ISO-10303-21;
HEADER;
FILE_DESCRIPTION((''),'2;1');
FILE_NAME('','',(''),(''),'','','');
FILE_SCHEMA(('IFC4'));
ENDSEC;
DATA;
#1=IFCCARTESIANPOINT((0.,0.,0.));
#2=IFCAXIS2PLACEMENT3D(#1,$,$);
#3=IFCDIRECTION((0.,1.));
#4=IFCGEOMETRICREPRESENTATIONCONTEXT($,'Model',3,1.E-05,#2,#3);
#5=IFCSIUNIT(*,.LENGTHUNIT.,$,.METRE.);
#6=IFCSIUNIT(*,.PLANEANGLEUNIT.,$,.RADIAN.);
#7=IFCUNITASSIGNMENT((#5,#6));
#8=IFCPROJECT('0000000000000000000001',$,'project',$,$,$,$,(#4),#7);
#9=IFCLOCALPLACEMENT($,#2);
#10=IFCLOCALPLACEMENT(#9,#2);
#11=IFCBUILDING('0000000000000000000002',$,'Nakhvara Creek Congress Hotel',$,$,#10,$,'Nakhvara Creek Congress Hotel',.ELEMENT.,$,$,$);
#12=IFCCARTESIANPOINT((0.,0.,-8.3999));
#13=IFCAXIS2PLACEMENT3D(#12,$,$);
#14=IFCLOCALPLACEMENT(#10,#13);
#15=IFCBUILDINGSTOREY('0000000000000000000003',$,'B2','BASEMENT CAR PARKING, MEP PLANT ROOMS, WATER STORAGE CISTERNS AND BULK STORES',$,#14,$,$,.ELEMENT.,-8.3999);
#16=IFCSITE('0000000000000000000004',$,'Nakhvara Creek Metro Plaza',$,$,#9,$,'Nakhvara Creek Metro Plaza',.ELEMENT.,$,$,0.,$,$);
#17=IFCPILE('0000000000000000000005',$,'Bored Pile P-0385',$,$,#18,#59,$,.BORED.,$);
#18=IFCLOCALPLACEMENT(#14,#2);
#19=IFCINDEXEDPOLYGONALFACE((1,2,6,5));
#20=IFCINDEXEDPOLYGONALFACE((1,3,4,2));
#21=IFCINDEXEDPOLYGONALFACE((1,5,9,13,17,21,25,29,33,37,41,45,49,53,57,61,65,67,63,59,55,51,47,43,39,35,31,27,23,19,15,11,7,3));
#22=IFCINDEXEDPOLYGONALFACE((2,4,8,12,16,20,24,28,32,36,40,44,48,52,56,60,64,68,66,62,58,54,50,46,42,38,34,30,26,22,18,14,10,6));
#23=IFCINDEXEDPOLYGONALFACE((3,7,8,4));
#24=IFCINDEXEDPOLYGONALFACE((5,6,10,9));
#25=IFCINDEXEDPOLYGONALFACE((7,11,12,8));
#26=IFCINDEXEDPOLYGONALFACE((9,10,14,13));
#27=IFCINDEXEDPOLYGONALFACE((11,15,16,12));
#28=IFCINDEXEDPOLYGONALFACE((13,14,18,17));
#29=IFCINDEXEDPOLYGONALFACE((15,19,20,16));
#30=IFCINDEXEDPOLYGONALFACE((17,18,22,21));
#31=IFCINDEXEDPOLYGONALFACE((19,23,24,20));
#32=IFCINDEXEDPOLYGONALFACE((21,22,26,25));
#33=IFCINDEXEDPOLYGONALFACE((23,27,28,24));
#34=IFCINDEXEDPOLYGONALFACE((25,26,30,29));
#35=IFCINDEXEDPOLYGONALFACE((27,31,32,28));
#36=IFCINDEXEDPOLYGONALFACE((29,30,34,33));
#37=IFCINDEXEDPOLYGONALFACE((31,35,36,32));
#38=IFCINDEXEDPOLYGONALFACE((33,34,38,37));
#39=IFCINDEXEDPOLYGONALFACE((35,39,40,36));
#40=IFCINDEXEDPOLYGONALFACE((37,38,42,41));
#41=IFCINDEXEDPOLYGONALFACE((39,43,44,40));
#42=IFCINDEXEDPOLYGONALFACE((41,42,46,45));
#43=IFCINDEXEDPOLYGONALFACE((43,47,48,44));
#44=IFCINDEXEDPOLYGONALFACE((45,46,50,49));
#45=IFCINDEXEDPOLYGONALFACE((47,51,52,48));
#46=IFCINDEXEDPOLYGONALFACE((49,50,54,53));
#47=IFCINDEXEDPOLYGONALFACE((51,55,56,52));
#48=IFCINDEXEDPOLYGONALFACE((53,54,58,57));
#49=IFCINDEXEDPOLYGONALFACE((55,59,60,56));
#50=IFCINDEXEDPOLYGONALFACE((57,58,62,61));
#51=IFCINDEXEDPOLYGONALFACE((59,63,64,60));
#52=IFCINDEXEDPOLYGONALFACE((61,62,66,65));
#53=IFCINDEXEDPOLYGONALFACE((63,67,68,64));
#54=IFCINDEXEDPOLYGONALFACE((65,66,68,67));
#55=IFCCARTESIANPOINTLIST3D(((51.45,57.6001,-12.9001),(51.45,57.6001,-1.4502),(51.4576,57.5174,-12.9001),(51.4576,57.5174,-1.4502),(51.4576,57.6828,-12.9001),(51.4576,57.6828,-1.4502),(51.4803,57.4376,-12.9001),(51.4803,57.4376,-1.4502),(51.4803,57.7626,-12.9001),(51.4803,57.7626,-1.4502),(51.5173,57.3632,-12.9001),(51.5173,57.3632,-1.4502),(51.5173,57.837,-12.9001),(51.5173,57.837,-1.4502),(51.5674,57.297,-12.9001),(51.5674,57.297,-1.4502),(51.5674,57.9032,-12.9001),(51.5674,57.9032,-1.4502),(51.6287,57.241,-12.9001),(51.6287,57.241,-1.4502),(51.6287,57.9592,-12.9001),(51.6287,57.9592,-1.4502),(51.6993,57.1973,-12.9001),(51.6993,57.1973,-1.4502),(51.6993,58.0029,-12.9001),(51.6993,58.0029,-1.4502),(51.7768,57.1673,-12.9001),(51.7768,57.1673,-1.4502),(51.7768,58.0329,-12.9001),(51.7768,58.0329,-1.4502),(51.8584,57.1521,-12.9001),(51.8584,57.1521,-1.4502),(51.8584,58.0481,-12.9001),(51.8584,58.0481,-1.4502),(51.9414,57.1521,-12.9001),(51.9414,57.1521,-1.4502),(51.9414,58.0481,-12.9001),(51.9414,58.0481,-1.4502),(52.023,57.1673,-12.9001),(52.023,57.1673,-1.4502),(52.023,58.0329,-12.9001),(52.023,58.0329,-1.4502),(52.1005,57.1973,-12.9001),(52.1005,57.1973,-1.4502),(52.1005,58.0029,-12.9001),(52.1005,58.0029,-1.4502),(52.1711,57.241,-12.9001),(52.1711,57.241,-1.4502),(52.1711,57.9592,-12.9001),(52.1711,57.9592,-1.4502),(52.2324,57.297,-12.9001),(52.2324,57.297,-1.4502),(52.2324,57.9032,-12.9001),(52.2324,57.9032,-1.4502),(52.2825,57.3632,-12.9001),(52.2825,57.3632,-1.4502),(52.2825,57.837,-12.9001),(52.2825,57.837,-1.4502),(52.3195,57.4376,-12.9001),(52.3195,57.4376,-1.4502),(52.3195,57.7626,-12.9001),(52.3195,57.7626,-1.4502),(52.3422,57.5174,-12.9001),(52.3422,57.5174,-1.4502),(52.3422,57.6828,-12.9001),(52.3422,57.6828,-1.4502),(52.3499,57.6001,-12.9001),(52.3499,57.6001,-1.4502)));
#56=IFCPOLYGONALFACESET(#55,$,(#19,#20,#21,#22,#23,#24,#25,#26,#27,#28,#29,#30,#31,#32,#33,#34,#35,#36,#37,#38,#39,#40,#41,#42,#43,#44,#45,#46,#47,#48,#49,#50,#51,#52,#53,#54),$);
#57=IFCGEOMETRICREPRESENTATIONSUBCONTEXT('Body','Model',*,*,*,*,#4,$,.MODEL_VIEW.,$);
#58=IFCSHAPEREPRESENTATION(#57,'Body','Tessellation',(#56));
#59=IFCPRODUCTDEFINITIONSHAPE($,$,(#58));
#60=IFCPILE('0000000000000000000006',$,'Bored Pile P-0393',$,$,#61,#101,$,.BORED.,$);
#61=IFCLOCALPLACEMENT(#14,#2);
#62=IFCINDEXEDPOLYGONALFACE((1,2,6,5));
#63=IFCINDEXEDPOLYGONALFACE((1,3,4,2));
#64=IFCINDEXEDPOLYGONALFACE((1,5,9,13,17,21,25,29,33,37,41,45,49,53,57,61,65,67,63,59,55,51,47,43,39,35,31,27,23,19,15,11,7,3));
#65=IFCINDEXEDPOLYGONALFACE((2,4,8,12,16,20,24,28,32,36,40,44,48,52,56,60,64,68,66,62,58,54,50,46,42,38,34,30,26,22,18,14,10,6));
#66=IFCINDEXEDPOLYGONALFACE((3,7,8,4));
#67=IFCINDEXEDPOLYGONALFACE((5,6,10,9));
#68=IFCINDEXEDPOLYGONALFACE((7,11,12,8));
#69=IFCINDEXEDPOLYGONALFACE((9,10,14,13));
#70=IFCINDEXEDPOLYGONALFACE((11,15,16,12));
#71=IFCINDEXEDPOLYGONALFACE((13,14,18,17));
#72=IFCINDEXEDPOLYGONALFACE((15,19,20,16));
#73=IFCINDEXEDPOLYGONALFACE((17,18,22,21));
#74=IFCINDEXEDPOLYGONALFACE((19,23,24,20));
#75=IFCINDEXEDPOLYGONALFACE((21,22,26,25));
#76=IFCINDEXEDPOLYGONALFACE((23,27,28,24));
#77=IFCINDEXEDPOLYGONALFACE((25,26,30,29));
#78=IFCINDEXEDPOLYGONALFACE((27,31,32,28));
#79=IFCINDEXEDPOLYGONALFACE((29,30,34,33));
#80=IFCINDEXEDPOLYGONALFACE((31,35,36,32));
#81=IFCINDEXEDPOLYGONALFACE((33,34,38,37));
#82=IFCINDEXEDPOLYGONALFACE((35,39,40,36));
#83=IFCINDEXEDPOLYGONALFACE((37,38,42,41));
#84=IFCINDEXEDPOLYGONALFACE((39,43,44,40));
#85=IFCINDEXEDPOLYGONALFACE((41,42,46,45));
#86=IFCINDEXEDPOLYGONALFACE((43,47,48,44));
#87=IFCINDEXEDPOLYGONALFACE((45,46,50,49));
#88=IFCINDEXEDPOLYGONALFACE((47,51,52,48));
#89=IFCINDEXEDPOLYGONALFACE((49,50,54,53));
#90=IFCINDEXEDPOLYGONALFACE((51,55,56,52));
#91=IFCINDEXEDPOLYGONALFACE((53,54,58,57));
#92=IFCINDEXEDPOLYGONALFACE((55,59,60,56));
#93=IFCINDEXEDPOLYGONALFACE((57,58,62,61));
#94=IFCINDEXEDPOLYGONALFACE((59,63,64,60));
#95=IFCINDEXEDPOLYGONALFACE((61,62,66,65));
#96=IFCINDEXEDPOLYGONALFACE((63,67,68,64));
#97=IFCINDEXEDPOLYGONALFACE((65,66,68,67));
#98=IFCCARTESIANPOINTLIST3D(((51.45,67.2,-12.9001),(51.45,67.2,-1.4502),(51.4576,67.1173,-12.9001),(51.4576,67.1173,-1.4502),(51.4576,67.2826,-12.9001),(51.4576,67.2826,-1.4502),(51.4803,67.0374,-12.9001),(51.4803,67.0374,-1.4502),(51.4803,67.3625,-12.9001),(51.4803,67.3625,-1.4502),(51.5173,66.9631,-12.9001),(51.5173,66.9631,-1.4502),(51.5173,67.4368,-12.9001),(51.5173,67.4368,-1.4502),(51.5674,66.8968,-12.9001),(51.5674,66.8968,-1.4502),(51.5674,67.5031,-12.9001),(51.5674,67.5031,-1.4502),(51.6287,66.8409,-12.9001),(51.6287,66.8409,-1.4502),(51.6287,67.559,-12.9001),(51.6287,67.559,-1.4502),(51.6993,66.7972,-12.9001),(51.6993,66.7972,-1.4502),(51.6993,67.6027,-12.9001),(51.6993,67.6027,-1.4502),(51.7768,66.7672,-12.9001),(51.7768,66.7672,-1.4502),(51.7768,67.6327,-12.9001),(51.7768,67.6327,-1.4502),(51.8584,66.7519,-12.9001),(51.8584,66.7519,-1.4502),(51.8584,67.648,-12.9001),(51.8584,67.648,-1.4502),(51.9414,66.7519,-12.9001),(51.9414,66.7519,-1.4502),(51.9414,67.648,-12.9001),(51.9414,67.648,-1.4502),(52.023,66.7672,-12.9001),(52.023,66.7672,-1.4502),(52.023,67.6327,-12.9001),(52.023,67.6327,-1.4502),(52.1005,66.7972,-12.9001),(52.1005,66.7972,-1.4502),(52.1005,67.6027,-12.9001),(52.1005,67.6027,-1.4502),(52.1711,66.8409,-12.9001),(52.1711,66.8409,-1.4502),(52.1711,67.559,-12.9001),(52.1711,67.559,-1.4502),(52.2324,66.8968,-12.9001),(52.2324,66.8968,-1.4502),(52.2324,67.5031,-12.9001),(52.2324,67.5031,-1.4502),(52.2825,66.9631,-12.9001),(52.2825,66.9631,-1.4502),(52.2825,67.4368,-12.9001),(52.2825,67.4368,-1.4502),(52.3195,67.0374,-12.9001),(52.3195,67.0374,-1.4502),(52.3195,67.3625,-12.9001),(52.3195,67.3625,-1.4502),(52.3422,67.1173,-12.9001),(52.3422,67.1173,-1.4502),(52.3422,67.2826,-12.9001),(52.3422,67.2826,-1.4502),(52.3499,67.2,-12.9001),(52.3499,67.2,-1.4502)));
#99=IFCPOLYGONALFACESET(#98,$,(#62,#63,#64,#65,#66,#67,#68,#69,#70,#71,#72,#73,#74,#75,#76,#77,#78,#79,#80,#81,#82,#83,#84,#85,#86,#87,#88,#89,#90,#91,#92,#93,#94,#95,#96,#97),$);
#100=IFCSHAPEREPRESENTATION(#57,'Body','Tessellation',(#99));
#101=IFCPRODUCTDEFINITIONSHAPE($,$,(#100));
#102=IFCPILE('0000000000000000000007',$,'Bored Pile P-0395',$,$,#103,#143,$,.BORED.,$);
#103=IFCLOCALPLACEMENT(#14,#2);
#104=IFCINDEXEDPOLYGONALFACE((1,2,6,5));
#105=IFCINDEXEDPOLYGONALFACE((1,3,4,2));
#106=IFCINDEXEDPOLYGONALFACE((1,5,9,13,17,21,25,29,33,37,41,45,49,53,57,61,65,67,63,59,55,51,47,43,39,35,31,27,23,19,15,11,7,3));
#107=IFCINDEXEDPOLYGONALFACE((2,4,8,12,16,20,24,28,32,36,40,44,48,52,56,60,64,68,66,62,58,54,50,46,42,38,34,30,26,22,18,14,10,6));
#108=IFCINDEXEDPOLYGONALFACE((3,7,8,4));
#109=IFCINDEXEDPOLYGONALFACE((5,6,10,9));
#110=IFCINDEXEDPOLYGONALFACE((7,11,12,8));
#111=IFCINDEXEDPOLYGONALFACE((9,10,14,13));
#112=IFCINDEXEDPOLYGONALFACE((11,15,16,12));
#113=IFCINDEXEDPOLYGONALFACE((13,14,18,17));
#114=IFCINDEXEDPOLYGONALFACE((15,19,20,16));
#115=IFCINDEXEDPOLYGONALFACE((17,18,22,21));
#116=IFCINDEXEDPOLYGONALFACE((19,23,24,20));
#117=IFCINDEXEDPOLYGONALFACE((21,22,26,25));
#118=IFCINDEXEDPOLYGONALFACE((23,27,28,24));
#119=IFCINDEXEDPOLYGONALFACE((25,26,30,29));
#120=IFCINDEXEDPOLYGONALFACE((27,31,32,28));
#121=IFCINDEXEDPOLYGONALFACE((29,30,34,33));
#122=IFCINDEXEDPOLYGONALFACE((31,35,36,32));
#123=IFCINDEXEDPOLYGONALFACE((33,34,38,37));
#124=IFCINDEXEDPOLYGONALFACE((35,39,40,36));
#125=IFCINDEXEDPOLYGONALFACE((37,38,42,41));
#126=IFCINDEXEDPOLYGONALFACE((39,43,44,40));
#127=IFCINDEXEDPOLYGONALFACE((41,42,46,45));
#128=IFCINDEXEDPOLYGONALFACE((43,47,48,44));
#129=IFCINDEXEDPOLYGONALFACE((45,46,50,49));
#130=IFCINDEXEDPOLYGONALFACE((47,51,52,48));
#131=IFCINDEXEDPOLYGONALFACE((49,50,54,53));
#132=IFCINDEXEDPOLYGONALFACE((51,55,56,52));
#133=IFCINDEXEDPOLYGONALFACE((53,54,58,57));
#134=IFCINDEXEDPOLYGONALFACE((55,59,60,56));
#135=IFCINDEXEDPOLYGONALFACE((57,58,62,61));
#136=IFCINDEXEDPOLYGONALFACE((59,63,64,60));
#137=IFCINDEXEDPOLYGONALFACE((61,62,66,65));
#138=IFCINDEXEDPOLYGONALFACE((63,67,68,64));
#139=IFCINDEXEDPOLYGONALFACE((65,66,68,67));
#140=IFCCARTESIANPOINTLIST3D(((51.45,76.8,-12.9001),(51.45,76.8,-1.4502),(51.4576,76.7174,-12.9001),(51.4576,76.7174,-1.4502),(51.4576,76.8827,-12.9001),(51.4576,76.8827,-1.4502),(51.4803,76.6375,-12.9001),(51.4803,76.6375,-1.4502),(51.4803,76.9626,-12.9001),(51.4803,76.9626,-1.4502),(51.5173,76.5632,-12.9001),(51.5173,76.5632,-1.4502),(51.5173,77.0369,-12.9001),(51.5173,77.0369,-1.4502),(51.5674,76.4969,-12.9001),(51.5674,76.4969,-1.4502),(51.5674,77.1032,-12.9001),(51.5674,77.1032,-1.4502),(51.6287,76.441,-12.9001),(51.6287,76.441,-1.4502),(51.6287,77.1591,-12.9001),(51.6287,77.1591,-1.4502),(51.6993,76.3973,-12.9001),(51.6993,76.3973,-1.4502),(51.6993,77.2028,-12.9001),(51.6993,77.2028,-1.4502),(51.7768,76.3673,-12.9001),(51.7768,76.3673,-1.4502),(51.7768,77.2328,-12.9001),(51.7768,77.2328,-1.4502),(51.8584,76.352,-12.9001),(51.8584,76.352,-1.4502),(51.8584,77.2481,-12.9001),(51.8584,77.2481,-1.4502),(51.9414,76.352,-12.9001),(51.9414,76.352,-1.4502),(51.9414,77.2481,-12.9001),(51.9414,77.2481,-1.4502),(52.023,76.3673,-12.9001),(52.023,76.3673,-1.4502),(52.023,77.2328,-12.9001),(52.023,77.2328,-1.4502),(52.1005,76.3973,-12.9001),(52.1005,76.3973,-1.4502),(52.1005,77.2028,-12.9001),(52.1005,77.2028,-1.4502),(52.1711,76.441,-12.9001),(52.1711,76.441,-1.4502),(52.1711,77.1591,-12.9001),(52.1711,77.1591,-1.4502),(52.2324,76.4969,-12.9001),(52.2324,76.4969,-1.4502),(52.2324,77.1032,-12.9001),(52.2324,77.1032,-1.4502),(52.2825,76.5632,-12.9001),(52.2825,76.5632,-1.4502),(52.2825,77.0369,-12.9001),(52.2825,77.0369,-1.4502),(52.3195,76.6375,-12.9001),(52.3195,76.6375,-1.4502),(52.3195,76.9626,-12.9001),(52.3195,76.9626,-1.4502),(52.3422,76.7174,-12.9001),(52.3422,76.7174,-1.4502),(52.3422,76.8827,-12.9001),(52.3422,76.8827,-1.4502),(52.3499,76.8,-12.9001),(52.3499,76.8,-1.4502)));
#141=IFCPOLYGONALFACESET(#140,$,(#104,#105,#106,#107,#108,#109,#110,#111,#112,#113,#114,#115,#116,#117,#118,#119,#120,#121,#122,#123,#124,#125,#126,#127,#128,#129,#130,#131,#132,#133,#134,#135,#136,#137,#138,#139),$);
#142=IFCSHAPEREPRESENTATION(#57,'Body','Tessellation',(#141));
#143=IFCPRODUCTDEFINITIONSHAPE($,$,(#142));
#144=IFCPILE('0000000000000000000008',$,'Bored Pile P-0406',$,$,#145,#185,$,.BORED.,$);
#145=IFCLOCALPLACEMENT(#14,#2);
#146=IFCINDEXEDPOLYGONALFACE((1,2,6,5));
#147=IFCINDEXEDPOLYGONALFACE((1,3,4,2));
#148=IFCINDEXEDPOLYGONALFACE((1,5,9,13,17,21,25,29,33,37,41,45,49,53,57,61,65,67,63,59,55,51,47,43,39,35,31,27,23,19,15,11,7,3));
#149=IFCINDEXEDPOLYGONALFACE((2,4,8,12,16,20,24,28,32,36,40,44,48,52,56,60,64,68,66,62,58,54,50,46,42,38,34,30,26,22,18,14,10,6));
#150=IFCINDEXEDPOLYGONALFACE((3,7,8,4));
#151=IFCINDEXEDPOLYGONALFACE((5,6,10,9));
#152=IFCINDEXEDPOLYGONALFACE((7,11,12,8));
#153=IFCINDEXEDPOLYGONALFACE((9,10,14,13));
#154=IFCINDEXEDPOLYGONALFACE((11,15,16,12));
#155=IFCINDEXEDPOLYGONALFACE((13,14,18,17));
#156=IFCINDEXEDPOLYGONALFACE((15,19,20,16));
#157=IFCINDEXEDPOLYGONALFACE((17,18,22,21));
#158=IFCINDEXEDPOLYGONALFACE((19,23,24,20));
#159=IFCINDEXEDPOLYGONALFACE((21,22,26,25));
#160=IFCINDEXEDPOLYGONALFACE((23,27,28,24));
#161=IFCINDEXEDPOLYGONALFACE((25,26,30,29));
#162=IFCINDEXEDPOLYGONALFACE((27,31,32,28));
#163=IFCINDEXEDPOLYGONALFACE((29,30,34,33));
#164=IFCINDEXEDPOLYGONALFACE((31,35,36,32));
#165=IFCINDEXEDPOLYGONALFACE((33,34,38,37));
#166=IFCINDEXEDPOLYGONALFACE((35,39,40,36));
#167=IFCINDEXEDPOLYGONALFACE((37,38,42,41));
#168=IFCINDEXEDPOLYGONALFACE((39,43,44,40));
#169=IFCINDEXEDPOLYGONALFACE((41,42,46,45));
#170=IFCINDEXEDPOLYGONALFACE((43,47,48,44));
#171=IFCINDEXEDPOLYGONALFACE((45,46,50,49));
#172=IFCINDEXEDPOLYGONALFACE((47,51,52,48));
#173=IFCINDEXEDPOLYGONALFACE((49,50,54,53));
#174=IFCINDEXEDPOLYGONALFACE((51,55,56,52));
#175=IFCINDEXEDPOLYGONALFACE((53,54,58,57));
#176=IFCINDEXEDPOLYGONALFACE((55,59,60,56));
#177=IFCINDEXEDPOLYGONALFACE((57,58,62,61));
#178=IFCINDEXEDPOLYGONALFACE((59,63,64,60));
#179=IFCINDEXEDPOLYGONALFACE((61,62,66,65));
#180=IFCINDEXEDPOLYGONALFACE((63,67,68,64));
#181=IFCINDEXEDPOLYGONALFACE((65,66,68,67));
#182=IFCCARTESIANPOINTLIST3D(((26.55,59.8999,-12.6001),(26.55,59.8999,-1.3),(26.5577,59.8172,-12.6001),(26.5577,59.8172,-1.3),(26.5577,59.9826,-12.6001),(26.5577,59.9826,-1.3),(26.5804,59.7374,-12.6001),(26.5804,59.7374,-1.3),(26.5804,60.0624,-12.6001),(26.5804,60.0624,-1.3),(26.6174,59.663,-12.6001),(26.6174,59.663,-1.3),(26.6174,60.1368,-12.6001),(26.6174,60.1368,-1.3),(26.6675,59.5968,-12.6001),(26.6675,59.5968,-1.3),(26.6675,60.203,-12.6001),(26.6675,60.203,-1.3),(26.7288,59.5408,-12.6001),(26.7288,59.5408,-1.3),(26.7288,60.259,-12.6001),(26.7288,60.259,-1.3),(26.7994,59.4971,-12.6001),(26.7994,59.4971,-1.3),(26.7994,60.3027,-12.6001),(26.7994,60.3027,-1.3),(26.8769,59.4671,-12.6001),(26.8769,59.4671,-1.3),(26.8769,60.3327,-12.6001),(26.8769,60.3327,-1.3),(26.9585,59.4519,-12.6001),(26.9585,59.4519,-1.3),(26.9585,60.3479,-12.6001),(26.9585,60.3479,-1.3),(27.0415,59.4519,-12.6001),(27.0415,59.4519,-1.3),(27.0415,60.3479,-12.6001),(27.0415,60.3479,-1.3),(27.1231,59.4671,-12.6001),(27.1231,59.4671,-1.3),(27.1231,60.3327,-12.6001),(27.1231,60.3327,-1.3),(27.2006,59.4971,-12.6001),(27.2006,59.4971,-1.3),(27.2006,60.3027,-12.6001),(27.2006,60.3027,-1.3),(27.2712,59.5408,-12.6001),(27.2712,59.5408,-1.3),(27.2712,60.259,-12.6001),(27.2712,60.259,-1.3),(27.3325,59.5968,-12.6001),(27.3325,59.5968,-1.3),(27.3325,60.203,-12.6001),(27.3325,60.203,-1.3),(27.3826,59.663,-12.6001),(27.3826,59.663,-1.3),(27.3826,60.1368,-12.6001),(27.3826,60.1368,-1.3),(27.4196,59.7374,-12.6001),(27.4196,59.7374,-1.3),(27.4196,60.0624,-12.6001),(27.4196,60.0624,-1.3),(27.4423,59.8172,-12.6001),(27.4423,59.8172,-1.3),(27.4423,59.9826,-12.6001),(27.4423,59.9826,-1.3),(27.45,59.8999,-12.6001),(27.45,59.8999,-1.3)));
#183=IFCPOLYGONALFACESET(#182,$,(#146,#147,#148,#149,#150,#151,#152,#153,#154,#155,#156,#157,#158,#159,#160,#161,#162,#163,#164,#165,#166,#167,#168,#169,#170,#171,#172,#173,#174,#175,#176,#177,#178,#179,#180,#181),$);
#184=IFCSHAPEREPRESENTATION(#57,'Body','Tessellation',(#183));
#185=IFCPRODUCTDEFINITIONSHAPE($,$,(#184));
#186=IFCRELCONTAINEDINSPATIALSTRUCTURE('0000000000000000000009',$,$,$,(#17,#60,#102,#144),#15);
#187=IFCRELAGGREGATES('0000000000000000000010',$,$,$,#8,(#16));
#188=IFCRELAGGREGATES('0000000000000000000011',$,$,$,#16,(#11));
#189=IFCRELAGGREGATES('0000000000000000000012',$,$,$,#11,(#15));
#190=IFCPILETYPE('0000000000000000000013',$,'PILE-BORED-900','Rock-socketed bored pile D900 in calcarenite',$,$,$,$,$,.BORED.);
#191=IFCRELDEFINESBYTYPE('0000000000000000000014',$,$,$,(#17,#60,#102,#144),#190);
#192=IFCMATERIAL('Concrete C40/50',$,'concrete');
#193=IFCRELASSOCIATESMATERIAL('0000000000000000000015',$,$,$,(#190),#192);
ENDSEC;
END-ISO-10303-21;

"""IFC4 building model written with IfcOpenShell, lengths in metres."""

from ifc_helpers import new_model, si_unit, direction, frame, origin, origin_2d, place, context, subcontext, project, spatial, circle, extrude, material, material_profile, profile_set, type_object, element, save


model = new_model("IFC4")

# Units and contexts
model_context = context("Model", 3, precision=1e-05, world=origin(), true_north=direction((0.0, 1.0)))
body_context = subcontext(model_context, "Body", "Model", "MODEL_VIEW")
ifc_project = project(units=[si_unit("LENGTHUNIT", "METRE"), si_unit("PLANEANGLEUNIT", "RADIAN")], contexts=[model_context])

# Site, building, storey
site_placement = place(None, origin())
site = spatial("IfcSite", under=ifc_project, at=site_placement, Name="Nakhvara Creek Metro Plaza", LongName="Nakhvara Creek Metro Plaza", CompositionType="ELEMENT", RefElevation=0.0)
building_placement = place(site_placement, origin())
building = spatial("IfcBuilding", under=site, at=building_placement, Name="Nakhvara Creek Congress Hotel", LongName="Nakhvara Creek Congress Hotel", CompositionType="ELEMENT")
storey_placement = place(building_placement, frame((0.0, 0.0, -8.3999)))
storey = spatial("IfcBuildingStorey", under=building, at=storey_placement, Name="B2", Description="BASEMENT CAR PARKING, MEP PLANT ROOMS, WATER STORAGE CISTERNS AND BULK STORES", CompositionType="ELEMENT", Elevation=-8.3999)

# Shared definitions
ifc_material_1 = material(Name="Concrete C40/50", Category="concrete")

# Piles
ifc_material_profile_1 = material_profile(ifc_material_1, circle(Radius=0.45, at=origin_2d()), Name="BORED PILE D900", Category="LoadBearing")
ifc_profile_set_1 = profile_set([ifc_material_profile_1], Name="Concrete C40/50")
pile_type = type_object("IfcPileType", Name="PILE-BORED-900", Description="Rock-socketed bored pile D900 in calcarenite", PredefinedType="BORED", material=ifc_profile_set_1)
for number, where, z_axis, x_axis, name in (
    (1, (51.8999, 57.6001, -1.4502), (0.0, 0.0, -1.0), (1.0, 0.0, 0.0), "Bored Pile P-0385"),
    (2, (51.8999, 67.2, -1.4502), (0.0, 0.0, -1.0), (1.0, 0.0, 0.0), "Bored Pile P-0393"),
    (3, (51.8999, 76.8, -1.4502), (0.0, 0.0, -1.0), (1.0, 0.0, 0.0), "Bored Pile P-0395"),
):
    element("IfcPile", number, at=place(storey_placement, frame(where, z_axis=z_axis, x_axis=x_axis)), inside=storey, type_object=pile_type, Name=name, PredefinedType="BORED", context=body_context, shape_type="SweptSolid", body=[
        extrude(circle(Radius=0.45, at=origin_2d()), origin(), (0.0, 0.0, 1.0), 11.45),
    ])
for number, where, z_axis, x_axis, name in (
    (4, (27.0, 59.8999, -1.3), (0.0, 0.0, -1.0), (1.0, 0.0, 0.0), "Bored Pile P-0406"),
):
    element("IfcPile", number, at=place(storey_placement, frame(where, z_axis=z_axis, x_axis=x_axis)), inside=storey, type_object=pile_type, Name=name, PredefinedType="BORED", context=body_context, shape_type="SweptSolid", body=[
        extrude(circle(Radius=0.45, at=origin_2d()), origin(), (0.0, 0.0, 1.0), 11.3),
    ])

save(model, "model.ifc")
